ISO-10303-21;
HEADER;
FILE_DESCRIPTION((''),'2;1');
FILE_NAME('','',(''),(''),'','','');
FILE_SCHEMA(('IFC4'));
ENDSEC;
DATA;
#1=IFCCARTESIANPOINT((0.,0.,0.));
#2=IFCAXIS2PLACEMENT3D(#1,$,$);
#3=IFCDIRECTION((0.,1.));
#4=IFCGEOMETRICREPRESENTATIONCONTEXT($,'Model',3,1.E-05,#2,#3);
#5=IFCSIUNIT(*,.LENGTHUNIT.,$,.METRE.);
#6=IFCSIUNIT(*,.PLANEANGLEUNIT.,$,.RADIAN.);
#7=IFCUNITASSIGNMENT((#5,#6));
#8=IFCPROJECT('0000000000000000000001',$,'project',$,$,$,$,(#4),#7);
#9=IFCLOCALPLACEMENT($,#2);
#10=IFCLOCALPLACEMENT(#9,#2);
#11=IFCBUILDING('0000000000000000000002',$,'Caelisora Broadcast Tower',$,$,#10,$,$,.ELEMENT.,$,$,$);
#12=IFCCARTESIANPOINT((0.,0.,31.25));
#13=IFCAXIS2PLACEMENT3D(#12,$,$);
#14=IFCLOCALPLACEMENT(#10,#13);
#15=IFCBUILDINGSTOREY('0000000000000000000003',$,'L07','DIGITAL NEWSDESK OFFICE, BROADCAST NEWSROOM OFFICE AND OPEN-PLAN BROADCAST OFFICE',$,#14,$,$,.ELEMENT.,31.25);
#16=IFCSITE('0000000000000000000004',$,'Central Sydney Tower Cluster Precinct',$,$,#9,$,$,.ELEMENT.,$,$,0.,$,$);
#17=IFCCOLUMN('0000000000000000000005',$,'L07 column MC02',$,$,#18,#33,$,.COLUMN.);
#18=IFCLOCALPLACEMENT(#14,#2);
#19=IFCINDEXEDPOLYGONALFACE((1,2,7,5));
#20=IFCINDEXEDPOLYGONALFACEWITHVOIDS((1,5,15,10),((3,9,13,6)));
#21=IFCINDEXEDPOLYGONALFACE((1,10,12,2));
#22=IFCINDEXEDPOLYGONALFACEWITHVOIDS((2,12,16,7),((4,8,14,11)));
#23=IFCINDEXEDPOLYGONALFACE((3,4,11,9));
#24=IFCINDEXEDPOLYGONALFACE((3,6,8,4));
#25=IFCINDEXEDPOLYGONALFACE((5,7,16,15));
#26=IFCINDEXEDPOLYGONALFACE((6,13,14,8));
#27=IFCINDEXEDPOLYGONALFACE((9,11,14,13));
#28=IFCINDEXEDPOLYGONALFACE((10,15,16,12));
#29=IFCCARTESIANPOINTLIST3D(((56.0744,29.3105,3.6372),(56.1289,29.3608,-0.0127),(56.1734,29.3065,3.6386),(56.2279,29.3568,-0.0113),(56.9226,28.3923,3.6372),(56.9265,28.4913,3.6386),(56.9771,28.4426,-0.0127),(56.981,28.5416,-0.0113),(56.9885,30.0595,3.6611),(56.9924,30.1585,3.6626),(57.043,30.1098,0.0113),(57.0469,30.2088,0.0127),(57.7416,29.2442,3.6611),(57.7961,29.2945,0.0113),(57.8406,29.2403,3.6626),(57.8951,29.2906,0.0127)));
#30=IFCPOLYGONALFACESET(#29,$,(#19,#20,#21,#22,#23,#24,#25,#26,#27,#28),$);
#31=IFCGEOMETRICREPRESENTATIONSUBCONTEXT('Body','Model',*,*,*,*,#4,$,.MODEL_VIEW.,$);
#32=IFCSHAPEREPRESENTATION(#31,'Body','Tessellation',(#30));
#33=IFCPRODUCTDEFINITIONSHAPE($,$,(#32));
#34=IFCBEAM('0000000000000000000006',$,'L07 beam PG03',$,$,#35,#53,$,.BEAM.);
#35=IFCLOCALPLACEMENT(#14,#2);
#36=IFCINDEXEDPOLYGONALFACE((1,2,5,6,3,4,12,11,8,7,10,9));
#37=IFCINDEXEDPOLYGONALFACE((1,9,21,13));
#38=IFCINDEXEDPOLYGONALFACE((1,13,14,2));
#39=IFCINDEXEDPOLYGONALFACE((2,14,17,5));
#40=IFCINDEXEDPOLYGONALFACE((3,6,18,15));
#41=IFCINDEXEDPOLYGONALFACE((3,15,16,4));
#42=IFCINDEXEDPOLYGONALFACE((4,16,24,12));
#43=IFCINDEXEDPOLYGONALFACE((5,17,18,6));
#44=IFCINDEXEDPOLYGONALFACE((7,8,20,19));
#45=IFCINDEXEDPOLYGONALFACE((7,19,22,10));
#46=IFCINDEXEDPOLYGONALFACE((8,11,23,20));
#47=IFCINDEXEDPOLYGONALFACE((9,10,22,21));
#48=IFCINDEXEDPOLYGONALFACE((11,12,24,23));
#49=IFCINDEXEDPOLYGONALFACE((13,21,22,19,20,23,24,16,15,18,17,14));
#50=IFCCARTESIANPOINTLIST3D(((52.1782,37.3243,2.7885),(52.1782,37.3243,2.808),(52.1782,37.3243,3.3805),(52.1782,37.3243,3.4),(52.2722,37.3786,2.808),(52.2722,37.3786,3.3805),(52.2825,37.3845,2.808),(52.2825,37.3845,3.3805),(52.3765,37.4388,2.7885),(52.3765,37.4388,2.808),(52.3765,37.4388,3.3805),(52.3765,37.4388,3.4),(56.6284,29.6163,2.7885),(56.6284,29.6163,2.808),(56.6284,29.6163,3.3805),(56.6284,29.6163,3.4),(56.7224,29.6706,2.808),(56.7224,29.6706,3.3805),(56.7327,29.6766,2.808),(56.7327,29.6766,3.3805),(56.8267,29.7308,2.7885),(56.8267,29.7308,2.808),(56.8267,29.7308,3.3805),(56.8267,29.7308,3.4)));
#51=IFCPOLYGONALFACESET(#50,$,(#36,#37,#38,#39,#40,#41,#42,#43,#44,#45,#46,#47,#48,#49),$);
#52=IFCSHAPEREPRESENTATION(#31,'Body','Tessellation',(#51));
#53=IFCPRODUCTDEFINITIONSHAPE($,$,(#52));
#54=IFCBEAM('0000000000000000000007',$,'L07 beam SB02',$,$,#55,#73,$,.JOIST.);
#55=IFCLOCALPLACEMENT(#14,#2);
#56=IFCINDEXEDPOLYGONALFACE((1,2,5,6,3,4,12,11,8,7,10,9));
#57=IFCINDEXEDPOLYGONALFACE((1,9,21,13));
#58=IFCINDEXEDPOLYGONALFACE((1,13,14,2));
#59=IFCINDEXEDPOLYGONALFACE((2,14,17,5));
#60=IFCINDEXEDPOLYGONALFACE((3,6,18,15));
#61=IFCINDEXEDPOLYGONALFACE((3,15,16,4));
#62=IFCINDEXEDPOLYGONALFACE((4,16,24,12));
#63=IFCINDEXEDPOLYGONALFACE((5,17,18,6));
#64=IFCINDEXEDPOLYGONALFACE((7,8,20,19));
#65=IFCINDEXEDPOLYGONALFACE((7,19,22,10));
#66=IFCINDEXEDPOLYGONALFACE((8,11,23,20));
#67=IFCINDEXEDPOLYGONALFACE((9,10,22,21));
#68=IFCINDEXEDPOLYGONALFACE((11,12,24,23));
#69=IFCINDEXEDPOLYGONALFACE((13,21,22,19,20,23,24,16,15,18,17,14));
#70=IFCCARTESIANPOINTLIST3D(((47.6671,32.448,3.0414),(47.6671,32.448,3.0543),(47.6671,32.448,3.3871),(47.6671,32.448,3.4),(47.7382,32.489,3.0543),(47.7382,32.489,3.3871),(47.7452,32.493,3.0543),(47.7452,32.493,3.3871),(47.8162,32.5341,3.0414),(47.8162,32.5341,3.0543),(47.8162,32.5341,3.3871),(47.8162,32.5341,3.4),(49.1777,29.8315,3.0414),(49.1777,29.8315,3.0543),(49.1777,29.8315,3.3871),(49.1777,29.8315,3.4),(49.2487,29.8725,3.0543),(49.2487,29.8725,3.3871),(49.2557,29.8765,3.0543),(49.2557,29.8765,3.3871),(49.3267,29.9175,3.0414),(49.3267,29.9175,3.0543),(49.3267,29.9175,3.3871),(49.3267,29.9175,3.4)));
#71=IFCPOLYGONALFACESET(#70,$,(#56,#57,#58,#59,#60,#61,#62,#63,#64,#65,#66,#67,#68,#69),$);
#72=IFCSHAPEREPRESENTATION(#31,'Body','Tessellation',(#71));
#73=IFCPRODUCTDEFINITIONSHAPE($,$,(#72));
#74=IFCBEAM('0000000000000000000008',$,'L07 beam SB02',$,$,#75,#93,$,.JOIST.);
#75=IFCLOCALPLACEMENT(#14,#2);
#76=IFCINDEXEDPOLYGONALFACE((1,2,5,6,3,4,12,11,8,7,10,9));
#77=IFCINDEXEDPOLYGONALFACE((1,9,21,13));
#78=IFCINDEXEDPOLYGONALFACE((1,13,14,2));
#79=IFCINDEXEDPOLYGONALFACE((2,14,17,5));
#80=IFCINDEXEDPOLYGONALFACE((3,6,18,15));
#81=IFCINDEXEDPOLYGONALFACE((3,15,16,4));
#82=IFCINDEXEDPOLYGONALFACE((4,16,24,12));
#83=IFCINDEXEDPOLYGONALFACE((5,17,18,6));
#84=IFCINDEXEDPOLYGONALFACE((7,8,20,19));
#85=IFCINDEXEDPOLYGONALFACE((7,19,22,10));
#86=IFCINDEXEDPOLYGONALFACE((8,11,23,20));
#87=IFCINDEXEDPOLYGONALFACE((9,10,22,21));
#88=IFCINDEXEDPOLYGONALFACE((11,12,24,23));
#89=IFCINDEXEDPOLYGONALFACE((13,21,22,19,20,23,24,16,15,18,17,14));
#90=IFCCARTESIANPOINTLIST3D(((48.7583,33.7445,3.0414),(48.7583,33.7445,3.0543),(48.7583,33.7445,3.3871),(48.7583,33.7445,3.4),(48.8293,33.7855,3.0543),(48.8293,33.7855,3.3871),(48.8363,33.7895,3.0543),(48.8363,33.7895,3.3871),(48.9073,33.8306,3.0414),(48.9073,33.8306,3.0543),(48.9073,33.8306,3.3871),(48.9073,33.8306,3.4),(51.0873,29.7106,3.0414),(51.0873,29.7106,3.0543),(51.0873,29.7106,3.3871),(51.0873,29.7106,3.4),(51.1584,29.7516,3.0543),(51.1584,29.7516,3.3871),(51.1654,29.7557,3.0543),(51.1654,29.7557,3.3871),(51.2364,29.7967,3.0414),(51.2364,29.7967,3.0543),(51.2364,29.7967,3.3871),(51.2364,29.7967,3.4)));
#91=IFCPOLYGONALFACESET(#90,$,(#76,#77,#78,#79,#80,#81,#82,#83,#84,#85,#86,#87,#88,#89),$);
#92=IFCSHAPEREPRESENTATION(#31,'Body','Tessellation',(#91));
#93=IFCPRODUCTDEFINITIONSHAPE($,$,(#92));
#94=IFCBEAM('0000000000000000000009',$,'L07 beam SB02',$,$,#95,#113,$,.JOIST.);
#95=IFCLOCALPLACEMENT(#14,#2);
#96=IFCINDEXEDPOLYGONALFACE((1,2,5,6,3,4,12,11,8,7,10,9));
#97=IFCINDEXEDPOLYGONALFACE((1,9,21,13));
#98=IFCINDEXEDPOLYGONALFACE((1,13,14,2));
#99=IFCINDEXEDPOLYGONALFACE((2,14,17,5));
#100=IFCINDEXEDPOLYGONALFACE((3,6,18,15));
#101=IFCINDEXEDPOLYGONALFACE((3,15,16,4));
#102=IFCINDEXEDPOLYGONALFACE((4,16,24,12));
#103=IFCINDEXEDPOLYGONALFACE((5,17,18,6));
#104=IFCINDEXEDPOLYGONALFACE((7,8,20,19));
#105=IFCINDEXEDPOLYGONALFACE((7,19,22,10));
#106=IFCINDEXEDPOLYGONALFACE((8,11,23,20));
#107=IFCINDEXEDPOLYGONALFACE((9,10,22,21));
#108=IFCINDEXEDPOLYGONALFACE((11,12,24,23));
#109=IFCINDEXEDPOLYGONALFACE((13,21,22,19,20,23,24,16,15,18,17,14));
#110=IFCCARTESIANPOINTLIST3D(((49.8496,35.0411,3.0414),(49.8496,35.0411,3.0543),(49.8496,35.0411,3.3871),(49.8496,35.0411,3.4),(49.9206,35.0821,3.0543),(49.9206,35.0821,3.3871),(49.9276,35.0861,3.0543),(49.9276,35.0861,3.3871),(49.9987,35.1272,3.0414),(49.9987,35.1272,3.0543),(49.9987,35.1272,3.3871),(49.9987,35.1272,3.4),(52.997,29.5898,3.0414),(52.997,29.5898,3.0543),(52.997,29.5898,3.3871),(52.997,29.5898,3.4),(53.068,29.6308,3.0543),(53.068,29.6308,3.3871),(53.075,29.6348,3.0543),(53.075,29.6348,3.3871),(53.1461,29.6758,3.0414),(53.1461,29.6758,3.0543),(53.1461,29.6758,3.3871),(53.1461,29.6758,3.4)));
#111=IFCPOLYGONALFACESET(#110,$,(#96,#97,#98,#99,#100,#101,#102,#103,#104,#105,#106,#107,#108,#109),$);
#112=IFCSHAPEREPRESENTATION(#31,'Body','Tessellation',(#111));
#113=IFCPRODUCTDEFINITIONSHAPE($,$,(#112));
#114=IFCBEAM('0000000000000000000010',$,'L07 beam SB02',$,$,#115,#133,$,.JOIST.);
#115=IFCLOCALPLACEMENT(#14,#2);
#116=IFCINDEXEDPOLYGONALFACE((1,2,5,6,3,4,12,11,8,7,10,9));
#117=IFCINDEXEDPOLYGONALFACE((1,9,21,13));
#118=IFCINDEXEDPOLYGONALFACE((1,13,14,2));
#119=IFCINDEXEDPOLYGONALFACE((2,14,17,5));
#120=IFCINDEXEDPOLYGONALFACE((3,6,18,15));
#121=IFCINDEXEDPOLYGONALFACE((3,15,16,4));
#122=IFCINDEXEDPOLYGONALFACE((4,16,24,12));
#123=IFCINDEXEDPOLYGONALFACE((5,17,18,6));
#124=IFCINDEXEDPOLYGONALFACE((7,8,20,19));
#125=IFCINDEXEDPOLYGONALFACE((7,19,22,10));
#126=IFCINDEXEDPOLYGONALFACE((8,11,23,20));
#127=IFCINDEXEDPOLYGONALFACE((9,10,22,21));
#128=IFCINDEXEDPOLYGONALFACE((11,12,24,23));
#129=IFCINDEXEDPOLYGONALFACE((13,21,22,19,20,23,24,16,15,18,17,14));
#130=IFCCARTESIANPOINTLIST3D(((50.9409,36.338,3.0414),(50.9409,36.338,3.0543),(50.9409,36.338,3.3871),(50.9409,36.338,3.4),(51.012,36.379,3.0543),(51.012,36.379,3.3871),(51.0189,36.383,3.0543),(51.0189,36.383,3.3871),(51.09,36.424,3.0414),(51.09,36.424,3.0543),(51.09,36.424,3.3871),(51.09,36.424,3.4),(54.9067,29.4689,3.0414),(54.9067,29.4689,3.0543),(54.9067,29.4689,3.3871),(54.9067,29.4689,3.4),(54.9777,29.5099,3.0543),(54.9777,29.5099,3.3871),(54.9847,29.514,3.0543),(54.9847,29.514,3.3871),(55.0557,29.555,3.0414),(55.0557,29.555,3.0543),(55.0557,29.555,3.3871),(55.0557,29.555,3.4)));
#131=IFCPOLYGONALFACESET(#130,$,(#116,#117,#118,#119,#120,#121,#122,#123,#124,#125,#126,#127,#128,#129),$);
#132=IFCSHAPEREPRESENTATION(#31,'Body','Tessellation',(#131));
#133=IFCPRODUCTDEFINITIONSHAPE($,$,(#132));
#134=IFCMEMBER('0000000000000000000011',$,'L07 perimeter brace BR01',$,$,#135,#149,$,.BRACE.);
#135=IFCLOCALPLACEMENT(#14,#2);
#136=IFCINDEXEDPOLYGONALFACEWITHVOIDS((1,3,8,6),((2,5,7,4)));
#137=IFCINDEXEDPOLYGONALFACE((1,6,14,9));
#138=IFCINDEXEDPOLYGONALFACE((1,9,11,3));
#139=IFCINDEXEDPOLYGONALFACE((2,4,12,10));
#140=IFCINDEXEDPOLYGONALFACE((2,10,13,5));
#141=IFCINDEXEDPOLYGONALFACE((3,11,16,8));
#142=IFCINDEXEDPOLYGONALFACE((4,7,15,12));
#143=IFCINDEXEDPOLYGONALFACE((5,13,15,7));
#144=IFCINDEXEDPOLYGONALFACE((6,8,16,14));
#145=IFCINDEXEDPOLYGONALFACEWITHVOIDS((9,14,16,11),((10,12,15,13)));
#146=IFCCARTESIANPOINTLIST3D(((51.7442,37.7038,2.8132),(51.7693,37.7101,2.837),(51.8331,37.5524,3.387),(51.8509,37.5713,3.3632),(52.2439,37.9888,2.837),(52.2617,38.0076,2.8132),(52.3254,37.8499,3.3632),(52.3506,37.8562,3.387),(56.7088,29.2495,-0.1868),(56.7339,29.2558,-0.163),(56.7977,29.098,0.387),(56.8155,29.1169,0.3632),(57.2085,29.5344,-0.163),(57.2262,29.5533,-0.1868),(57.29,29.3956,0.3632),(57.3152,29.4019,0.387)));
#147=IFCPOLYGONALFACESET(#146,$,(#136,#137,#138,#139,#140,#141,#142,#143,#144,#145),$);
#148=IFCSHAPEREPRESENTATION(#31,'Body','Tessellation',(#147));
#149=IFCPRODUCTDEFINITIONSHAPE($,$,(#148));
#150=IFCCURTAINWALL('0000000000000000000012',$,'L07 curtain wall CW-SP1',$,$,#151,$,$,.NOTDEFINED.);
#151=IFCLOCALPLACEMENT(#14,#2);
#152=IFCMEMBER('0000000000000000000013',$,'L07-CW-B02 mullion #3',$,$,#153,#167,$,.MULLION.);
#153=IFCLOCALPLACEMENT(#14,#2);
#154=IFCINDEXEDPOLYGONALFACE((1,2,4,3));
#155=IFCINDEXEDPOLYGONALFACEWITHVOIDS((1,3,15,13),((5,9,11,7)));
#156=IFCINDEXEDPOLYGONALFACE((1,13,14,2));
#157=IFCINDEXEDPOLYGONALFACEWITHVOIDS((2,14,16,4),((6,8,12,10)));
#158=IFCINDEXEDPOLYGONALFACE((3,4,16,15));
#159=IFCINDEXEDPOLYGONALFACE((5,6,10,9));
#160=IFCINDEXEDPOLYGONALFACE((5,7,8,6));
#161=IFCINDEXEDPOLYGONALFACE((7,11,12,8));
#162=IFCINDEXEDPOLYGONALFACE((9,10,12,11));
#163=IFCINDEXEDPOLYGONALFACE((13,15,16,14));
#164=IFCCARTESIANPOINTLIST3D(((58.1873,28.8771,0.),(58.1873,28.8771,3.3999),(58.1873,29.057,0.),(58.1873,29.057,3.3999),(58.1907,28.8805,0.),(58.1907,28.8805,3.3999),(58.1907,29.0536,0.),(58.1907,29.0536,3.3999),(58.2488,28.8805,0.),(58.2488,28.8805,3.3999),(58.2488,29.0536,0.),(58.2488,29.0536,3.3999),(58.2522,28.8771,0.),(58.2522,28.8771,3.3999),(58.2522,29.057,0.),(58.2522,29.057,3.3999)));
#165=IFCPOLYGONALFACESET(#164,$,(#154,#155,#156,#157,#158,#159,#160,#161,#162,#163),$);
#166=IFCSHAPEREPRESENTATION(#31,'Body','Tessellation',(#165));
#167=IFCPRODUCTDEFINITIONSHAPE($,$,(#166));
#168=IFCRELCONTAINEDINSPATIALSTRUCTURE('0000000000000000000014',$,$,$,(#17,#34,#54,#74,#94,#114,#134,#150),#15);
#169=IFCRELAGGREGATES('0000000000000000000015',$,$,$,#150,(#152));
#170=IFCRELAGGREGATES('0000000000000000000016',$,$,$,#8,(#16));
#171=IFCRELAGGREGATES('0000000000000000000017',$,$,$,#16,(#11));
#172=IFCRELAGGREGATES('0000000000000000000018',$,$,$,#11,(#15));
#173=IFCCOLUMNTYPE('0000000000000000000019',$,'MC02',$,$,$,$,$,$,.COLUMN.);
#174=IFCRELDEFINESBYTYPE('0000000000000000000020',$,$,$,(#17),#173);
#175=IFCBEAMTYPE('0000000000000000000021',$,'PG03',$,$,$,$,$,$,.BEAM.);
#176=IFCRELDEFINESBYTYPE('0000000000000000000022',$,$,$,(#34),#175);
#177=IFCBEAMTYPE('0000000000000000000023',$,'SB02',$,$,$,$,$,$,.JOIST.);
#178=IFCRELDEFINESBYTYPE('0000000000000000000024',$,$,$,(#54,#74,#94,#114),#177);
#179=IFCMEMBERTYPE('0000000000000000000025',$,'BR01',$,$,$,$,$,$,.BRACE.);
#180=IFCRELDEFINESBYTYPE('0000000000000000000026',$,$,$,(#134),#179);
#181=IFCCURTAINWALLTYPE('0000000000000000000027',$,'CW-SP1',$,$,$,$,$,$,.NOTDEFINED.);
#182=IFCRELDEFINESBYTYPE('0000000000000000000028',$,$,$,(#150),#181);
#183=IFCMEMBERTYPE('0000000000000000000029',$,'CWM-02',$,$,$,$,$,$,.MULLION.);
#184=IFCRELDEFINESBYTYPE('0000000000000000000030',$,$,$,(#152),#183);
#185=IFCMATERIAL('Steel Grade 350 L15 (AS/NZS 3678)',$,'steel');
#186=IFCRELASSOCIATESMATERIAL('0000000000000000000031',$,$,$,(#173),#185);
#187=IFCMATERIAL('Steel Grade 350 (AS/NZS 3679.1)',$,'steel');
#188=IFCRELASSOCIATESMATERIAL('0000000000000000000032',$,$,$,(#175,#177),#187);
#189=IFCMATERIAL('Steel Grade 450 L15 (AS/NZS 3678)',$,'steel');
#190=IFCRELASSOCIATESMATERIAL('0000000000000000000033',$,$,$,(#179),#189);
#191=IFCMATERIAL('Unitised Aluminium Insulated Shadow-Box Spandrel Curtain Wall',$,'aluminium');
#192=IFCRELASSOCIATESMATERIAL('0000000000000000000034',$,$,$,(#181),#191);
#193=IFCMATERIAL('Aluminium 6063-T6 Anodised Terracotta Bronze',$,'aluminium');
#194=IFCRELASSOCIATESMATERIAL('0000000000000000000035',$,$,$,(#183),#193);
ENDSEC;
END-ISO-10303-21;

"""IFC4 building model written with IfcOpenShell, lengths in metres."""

from ifc_helpers import new_model, si_unit, direction, frame, origin, origin_2d, place, context, subcontext, project, spatial, hollow_rectangle, i_section, extrude, source, transform, mapped, material, material_profile, profile_set, type_object, type_shapes, element, aggregate, save


model = new_model("IFC4")

# Units and contexts
model_context = context("Model", 3, precision=1e-05, world=origin(), true_north=direction((0.0, 1.0)))
body_context = subcontext(model_context, "Body", "Model", "MODEL_VIEW")
ifc_project = project(units=[si_unit("LENGTHUNIT", "METRE"), si_unit("PLANEANGLEUNIT", "RADIAN")], contexts=[model_context])

# Site, building, storey
site_placement = place(None, origin())
site = spatial("IfcSite", under=ifc_project, at=site_placement, Name="Central Sydney Tower Cluster Precinct", CompositionType="ELEMENT", RefElevation=0.0)
building_placement = place(site_placement, origin())
building = spatial("IfcBuilding", under=site, at=building_placement, Name="Caelisora Broadcast Tower", CompositionType="ELEMENT")
storey_placement = place(building_placement, frame((0.0, 0.0, 31.25)))
storey = spatial("IfcBuildingStorey", under=building, at=storey_placement, Name="L07", Description="DIGITAL NEWSDESK OFFICE, BROADCAST NEWSROOM OFFICE AND OPEN-PLAN BROADCAST OFFICE", CompositionType="ELEMENT", Elevation=31.25)

# Column
ifc_material_1 = material(Name="Steel Grade 350 L15 (AS/NZS 3678)", Category="steel")
ifc_material_profile_1 = material_profile(ifc_material_1, hollow_rectangle(XDim=1.25, YDim=1.25, WallThickness=0.0701, at=origin_2d()), Name="Steel Grade 350 L15 (AS/NZS 3678)")
ifc_profile_set_1 = profile_set([ifc_material_profile_1], Name="Steel Grade 350 L15 (AS/NZS 3678)")
column_type = type_object("IfcColumnType", Name="MC02", PredefinedType="COLUMN", material=ifc_profile_set_1)
shared_shape_1 = source(origin(), body_context, "Body", "SweptSolid", [
    extrude(hollow_rectangle(XDim=1.25, YDim=1.25, WallThickness=0.0701, at=origin_2d()), origin(), (0.0, 0.0, 1.0), 3.6506),
])
type_shapes(column_type, [shared_shape_1])
column_placement = place(storey_placement, frame((57.012, 29.3257, 0.0), z_axis=(-0.014913, -0.013776, 0.999794), x_axis=(0.678554, -0.734551, 0.0)))
element("IfcColumn", 1, at=column_placement, inside=storey, type_object=column_type, Name="L07 column MC02", PredefinedType="COLUMN", context=body_context, shape_type="MappedRepresentation", body=[
    mapped(shared_shape_1, transform((0.0, 0.0, 0.0), scale=1.0)),
])

# Beams
ifc_material_2 = material(Name="Steel Grade 350 (AS/NZS 3679.1)", Category="steel")
ifc_material_profile_2 = material_profile(ifc_material_2, i_section(OverallWidth=0.229, OverallDepth=0.6116, WebThickness=0.012, FlangeThickness=0.0195, at=origin_2d()), Name="Steel Grade 350 (AS/NZS 3679.1)")
ifc_profile_set_2 = profile_set([ifc_material_profile_2], Name="Steel Grade 350 (AS/NZS 3679.1)")
beam_type_1 = type_object("IfcBeamType", Name="PG03", PredefinedType="BEAM", material=ifc_profile_set_2)
shared_shape_2 = source(origin(), body_context, "Body", "SweptSolid", [
    extrude(i_section(OverallWidth=0.229, OverallDepth=0.6116, WebThickness=0.012, FlangeThickness=0.0195, at=origin_2d()), origin(), (0.0, 0.0, 1.0), 8.9004),
])
type_shapes(beam_type_1, [shared_shape_2])
beam_1_placement = place(storey_placement, frame((56.7275, 29.6736, 3.0942), z_axis=(-0.499998, 0.866027, 0.0), x_axis=(-0.866027, -0.499998, 0.0)))
element("IfcBeam", 2, at=beam_1_placement, inside=storey, type_object=beam_type_1, Name="L07 beam PG03", PredefinedType="BEAM", context=body_context, shape_type="MappedRepresentation", body=[
    mapped(shared_shape_2, transform((0.0, 0.0, 0.0), scale=1.0)),
])
ifc_material_profile_3 = material_profile(ifc_material_2, i_section(OverallWidth=0.1721, OverallDepth=0.3586, WebThickness=0.0081, FlangeThickness=0.0129, at=origin_2d()), Name="Steel Grade 350 (AS/NZS 3679.1)")
ifc_profile_set_3 = profile_set([ifc_material_profile_3], Name="Steel Grade 350 (AS/NZS 3679.1)")
beam_type_2 = type_object("IfcBeamType", Name="SB02", PredefinedType="JOIST", material=ifc_profile_set_3)
shared_shape_3 = source(origin(), body_context, "Body", "SweptSolid", [
    extrude(i_section(OverallWidth=0.1721, OverallDepth=0.3586, WebThickness=0.0081, FlangeThickness=0.0129, at=origin_2d()), origin(), (0.0, 0.0, 1.0), 3.0212),
])
beam_2_placement = place(storey_placement, frame((49.2522, 29.8745, 3.2207), z_axis=(-0.499972, 0.866042, 0.0), x_axis=(-0.866042, -0.499972, 0.0)))
element("IfcBeam", 3, at=beam_2_placement, inside=storey, type_object=beam_type_2, Name="L07 beam SB02", PredefinedType="JOIST", context=body_context, shape_type="MappedRepresentation", body=[
    mapped(shared_shape_3, transform((0.0, 0.0, 0.0), scale=1.0)),
])
shared_shape_4 = source(origin(), body_context, "Body", "SweptSolid", [
    extrude(i_section(OverallWidth=0.1721, OverallDepth=0.3586, WebThickness=0.0081, FlangeThickness=0.0129, at=origin_2d()), origin(), (0.0, 0.0, 1.0), 4.658),
])
beam_3_placement = place(storey_placement, frame((51.1619, 29.7537, 3.2207), z_axis=(-0.500017, 0.866015, 0.0), x_axis=(-0.866015, -0.500017, 0.0)))
element("IfcBeam", 4, at=beam_3_placement, inside=storey, type_object=beam_type_2, Name="L07 beam SB02", PredefinedType="JOIST", context=body_context, shape_type="MappedRepresentation", body=[
    mapped(shared_shape_4, transform((0.0, 0.0, 0.0), scale=1.0)),
])
shared_shape_5 = source(origin(), body_context, "Body", "SweptSolid", [
    extrude(i_section(OverallWidth=0.1721, OverallDepth=0.3586, WebThickness=0.0081, FlangeThickness=0.0129, at=origin_2d()), origin(), (0.0, 0.0, 1.0), 6.2947),
])
beam_4_placement = place(storey_placement, frame((53.0715, 29.6328, 3.2207), z_axis=(-0.50001, 0.86602, 0.0), x_axis=(-0.86602, -0.50001, 0.0)))
element("IfcBeam", 5, at=beam_4_placement, inside=storey, type_object=beam_type_2, Name="L07 beam SB02", PredefinedType="JOIST", context=body_context, shape_type="MappedRepresentation", body=[
    mapped(shared_shape_5, transform((0.0, 0.0, 0.0), scale=1.0)),
])
shared_shape_6 = source(origin(), body_context, "Body", "SweptSolid", [
    extrude(i_section(OverallWidth=0.1721, OverallDepth=0.3586, WebThickness=0.0081, FlangeThickness=0.0129, at=origin_2d()), origin(), (0.0, 0.0, 1.0), 7.9316),
])
type_shapes(beam_type_2, [shared_shape_3, shared_shape_4, shared_shape_5, shared_shape_6])
beam_5_placement = place(storey_placement, frame((54.9812, 29.512, 3.2207), z_axis=(-0.499992, 0.86603, 0.0), x_axis=(-0.86603, -0.499992, 0.0)))
element("IfcBeam", 6, at=beam_5_placement, inside=storey, type_object=beam_type_2, Name="L07 beam SB02", PredefinedType="JOIST", context=body_context, shape_type="MappedRepresentation", body=[
    mapped(shared_shape_6, transform((0.0, 0.0, 0.0), scale=1.0)),
])

# Member
ifc_material_3 = material(Name="Steel Grade 450 L15 (AS/NZS 3678)", Category="steel")
ifc_material_profile_4 = material_profile(ifc_material_3, hollow_rectangle(XDim=0.6001, YDim=0.6001, WallThickness=0.0249, at=origin_2d()), Name="Steel Grade 450 L15 (AS/NZS 3678)")
ifc_profile_set_4 = profile_set([ifc_material_profile_4], Name="Steel Grade 450 L15 (AS/NZS 3678)")
member_type_1 = type_object("IfcMemberType", Name="BR01", PredefinedType="BRACE", material=ifc_profile_set_4)
shared_shape_7 = source(origin(), body_context, "Body", "SweptSolid", [
    extrude(hollow_rectangle(XDim=0.6001, YDim=0.6001, WallThickness=0.0249, at=origin_2d()), origin(), (0.0, 0.0, 1.0), 10.2529),
])
type_shapes(member_type_1, [shared_shape_7])
member_1_placement = place(storey_placement, frame((57.012, 29.3257, 0.1001), z_axis=(-0.484211, 0.824576, 0.292598), x_axis=(-0.862315, -0.506372, 0.0)))
element("IfcMember", 7, at=member_1_placement, inside=storey, type_object=member_type_1, Name="L07 perimeter brace BR01", PredefinedType="BRACE", context=body_context, shape_type="MappedRepresentation", body=[
    mapped(shared_shape_7, transform((0.0, 0.0, 0.0), scale=1.0)),
])

# Curtain wall, member
ifc_material_4 = material(Name="Unitised Aluminium Insulated Shadow-Box Spandrel Curtain Wall", Category="aluminium")
curtain_wall_type_1 = type_object("IfcCurtainWallType", Name="CW-SP1", PredefinedType="NOTDEFINED", material=ifc_material_4)
curtain_wall_1_placement = place(storey_placement, origin())
curtain_wall_1 = element("IfcCurtainWall", 8, at=curtain_wall_1_placement, inside=storey, type_object=curtain_wall_type_1, Name="L07 curtain wall CW-SP1", PredefinedType="NOTDEFINED")
ifc_material_5 = material(Name="Aluminium 6063-T6 Anodised Terracotta Bronze", Category="aluminium")
ifc_material_profile_5 = material_profile(ifc_material_5, hollow_rectangle(XDim=0.0649, YDim=0.1799, WallThickness=0.0034, at=origin_2d()), Name="Aluminium 6063-T6 Anodised Terracotta Bronze")
ifc_profile_set_5 = profile_set([ifc_material_profile_5], Name="Aluminium 6063-T6 Anodised Terracotta Bronze")
member_type_2 = type_object("IfcMemberType", Name="CWM-02", PredefinedType="MULLION", material=ifc_profile_set_5)
shared_shape_8 = source(origin(), body_context, "Body", "SweptSolid", [
    extrude(hollow_rectangle(XDim=0.0649, YDim=0.1799, WallThickness=0.0034, at=origin_2d()), origin(), (0.0, 0.0, 1.0), 3.3999),
])
type_shapes(member_type_2, [shared_shape_8])
member_2_placement = place(storey_placement, frame((58.2197, 28.967, 0.0), z_axis=(0.0, 0.0, 1.0), x_axis=(1.0, 0.0, 0.0)))
member_2 = element("IfcMember", 9, at=member_2_placement, type_object=member_type_2, Name="L07-CW-B02 mullion #3", PredefinedType="MULLION", context=body_context, shape_type="MappedRepresentation", body=[
    mapped(shared_shape_8, transform((0.0, 0.0, 0.0), scale=1.0)),
])

aggregate(curtain_wall_1, [member_2])

save(model, "model.ifc")
